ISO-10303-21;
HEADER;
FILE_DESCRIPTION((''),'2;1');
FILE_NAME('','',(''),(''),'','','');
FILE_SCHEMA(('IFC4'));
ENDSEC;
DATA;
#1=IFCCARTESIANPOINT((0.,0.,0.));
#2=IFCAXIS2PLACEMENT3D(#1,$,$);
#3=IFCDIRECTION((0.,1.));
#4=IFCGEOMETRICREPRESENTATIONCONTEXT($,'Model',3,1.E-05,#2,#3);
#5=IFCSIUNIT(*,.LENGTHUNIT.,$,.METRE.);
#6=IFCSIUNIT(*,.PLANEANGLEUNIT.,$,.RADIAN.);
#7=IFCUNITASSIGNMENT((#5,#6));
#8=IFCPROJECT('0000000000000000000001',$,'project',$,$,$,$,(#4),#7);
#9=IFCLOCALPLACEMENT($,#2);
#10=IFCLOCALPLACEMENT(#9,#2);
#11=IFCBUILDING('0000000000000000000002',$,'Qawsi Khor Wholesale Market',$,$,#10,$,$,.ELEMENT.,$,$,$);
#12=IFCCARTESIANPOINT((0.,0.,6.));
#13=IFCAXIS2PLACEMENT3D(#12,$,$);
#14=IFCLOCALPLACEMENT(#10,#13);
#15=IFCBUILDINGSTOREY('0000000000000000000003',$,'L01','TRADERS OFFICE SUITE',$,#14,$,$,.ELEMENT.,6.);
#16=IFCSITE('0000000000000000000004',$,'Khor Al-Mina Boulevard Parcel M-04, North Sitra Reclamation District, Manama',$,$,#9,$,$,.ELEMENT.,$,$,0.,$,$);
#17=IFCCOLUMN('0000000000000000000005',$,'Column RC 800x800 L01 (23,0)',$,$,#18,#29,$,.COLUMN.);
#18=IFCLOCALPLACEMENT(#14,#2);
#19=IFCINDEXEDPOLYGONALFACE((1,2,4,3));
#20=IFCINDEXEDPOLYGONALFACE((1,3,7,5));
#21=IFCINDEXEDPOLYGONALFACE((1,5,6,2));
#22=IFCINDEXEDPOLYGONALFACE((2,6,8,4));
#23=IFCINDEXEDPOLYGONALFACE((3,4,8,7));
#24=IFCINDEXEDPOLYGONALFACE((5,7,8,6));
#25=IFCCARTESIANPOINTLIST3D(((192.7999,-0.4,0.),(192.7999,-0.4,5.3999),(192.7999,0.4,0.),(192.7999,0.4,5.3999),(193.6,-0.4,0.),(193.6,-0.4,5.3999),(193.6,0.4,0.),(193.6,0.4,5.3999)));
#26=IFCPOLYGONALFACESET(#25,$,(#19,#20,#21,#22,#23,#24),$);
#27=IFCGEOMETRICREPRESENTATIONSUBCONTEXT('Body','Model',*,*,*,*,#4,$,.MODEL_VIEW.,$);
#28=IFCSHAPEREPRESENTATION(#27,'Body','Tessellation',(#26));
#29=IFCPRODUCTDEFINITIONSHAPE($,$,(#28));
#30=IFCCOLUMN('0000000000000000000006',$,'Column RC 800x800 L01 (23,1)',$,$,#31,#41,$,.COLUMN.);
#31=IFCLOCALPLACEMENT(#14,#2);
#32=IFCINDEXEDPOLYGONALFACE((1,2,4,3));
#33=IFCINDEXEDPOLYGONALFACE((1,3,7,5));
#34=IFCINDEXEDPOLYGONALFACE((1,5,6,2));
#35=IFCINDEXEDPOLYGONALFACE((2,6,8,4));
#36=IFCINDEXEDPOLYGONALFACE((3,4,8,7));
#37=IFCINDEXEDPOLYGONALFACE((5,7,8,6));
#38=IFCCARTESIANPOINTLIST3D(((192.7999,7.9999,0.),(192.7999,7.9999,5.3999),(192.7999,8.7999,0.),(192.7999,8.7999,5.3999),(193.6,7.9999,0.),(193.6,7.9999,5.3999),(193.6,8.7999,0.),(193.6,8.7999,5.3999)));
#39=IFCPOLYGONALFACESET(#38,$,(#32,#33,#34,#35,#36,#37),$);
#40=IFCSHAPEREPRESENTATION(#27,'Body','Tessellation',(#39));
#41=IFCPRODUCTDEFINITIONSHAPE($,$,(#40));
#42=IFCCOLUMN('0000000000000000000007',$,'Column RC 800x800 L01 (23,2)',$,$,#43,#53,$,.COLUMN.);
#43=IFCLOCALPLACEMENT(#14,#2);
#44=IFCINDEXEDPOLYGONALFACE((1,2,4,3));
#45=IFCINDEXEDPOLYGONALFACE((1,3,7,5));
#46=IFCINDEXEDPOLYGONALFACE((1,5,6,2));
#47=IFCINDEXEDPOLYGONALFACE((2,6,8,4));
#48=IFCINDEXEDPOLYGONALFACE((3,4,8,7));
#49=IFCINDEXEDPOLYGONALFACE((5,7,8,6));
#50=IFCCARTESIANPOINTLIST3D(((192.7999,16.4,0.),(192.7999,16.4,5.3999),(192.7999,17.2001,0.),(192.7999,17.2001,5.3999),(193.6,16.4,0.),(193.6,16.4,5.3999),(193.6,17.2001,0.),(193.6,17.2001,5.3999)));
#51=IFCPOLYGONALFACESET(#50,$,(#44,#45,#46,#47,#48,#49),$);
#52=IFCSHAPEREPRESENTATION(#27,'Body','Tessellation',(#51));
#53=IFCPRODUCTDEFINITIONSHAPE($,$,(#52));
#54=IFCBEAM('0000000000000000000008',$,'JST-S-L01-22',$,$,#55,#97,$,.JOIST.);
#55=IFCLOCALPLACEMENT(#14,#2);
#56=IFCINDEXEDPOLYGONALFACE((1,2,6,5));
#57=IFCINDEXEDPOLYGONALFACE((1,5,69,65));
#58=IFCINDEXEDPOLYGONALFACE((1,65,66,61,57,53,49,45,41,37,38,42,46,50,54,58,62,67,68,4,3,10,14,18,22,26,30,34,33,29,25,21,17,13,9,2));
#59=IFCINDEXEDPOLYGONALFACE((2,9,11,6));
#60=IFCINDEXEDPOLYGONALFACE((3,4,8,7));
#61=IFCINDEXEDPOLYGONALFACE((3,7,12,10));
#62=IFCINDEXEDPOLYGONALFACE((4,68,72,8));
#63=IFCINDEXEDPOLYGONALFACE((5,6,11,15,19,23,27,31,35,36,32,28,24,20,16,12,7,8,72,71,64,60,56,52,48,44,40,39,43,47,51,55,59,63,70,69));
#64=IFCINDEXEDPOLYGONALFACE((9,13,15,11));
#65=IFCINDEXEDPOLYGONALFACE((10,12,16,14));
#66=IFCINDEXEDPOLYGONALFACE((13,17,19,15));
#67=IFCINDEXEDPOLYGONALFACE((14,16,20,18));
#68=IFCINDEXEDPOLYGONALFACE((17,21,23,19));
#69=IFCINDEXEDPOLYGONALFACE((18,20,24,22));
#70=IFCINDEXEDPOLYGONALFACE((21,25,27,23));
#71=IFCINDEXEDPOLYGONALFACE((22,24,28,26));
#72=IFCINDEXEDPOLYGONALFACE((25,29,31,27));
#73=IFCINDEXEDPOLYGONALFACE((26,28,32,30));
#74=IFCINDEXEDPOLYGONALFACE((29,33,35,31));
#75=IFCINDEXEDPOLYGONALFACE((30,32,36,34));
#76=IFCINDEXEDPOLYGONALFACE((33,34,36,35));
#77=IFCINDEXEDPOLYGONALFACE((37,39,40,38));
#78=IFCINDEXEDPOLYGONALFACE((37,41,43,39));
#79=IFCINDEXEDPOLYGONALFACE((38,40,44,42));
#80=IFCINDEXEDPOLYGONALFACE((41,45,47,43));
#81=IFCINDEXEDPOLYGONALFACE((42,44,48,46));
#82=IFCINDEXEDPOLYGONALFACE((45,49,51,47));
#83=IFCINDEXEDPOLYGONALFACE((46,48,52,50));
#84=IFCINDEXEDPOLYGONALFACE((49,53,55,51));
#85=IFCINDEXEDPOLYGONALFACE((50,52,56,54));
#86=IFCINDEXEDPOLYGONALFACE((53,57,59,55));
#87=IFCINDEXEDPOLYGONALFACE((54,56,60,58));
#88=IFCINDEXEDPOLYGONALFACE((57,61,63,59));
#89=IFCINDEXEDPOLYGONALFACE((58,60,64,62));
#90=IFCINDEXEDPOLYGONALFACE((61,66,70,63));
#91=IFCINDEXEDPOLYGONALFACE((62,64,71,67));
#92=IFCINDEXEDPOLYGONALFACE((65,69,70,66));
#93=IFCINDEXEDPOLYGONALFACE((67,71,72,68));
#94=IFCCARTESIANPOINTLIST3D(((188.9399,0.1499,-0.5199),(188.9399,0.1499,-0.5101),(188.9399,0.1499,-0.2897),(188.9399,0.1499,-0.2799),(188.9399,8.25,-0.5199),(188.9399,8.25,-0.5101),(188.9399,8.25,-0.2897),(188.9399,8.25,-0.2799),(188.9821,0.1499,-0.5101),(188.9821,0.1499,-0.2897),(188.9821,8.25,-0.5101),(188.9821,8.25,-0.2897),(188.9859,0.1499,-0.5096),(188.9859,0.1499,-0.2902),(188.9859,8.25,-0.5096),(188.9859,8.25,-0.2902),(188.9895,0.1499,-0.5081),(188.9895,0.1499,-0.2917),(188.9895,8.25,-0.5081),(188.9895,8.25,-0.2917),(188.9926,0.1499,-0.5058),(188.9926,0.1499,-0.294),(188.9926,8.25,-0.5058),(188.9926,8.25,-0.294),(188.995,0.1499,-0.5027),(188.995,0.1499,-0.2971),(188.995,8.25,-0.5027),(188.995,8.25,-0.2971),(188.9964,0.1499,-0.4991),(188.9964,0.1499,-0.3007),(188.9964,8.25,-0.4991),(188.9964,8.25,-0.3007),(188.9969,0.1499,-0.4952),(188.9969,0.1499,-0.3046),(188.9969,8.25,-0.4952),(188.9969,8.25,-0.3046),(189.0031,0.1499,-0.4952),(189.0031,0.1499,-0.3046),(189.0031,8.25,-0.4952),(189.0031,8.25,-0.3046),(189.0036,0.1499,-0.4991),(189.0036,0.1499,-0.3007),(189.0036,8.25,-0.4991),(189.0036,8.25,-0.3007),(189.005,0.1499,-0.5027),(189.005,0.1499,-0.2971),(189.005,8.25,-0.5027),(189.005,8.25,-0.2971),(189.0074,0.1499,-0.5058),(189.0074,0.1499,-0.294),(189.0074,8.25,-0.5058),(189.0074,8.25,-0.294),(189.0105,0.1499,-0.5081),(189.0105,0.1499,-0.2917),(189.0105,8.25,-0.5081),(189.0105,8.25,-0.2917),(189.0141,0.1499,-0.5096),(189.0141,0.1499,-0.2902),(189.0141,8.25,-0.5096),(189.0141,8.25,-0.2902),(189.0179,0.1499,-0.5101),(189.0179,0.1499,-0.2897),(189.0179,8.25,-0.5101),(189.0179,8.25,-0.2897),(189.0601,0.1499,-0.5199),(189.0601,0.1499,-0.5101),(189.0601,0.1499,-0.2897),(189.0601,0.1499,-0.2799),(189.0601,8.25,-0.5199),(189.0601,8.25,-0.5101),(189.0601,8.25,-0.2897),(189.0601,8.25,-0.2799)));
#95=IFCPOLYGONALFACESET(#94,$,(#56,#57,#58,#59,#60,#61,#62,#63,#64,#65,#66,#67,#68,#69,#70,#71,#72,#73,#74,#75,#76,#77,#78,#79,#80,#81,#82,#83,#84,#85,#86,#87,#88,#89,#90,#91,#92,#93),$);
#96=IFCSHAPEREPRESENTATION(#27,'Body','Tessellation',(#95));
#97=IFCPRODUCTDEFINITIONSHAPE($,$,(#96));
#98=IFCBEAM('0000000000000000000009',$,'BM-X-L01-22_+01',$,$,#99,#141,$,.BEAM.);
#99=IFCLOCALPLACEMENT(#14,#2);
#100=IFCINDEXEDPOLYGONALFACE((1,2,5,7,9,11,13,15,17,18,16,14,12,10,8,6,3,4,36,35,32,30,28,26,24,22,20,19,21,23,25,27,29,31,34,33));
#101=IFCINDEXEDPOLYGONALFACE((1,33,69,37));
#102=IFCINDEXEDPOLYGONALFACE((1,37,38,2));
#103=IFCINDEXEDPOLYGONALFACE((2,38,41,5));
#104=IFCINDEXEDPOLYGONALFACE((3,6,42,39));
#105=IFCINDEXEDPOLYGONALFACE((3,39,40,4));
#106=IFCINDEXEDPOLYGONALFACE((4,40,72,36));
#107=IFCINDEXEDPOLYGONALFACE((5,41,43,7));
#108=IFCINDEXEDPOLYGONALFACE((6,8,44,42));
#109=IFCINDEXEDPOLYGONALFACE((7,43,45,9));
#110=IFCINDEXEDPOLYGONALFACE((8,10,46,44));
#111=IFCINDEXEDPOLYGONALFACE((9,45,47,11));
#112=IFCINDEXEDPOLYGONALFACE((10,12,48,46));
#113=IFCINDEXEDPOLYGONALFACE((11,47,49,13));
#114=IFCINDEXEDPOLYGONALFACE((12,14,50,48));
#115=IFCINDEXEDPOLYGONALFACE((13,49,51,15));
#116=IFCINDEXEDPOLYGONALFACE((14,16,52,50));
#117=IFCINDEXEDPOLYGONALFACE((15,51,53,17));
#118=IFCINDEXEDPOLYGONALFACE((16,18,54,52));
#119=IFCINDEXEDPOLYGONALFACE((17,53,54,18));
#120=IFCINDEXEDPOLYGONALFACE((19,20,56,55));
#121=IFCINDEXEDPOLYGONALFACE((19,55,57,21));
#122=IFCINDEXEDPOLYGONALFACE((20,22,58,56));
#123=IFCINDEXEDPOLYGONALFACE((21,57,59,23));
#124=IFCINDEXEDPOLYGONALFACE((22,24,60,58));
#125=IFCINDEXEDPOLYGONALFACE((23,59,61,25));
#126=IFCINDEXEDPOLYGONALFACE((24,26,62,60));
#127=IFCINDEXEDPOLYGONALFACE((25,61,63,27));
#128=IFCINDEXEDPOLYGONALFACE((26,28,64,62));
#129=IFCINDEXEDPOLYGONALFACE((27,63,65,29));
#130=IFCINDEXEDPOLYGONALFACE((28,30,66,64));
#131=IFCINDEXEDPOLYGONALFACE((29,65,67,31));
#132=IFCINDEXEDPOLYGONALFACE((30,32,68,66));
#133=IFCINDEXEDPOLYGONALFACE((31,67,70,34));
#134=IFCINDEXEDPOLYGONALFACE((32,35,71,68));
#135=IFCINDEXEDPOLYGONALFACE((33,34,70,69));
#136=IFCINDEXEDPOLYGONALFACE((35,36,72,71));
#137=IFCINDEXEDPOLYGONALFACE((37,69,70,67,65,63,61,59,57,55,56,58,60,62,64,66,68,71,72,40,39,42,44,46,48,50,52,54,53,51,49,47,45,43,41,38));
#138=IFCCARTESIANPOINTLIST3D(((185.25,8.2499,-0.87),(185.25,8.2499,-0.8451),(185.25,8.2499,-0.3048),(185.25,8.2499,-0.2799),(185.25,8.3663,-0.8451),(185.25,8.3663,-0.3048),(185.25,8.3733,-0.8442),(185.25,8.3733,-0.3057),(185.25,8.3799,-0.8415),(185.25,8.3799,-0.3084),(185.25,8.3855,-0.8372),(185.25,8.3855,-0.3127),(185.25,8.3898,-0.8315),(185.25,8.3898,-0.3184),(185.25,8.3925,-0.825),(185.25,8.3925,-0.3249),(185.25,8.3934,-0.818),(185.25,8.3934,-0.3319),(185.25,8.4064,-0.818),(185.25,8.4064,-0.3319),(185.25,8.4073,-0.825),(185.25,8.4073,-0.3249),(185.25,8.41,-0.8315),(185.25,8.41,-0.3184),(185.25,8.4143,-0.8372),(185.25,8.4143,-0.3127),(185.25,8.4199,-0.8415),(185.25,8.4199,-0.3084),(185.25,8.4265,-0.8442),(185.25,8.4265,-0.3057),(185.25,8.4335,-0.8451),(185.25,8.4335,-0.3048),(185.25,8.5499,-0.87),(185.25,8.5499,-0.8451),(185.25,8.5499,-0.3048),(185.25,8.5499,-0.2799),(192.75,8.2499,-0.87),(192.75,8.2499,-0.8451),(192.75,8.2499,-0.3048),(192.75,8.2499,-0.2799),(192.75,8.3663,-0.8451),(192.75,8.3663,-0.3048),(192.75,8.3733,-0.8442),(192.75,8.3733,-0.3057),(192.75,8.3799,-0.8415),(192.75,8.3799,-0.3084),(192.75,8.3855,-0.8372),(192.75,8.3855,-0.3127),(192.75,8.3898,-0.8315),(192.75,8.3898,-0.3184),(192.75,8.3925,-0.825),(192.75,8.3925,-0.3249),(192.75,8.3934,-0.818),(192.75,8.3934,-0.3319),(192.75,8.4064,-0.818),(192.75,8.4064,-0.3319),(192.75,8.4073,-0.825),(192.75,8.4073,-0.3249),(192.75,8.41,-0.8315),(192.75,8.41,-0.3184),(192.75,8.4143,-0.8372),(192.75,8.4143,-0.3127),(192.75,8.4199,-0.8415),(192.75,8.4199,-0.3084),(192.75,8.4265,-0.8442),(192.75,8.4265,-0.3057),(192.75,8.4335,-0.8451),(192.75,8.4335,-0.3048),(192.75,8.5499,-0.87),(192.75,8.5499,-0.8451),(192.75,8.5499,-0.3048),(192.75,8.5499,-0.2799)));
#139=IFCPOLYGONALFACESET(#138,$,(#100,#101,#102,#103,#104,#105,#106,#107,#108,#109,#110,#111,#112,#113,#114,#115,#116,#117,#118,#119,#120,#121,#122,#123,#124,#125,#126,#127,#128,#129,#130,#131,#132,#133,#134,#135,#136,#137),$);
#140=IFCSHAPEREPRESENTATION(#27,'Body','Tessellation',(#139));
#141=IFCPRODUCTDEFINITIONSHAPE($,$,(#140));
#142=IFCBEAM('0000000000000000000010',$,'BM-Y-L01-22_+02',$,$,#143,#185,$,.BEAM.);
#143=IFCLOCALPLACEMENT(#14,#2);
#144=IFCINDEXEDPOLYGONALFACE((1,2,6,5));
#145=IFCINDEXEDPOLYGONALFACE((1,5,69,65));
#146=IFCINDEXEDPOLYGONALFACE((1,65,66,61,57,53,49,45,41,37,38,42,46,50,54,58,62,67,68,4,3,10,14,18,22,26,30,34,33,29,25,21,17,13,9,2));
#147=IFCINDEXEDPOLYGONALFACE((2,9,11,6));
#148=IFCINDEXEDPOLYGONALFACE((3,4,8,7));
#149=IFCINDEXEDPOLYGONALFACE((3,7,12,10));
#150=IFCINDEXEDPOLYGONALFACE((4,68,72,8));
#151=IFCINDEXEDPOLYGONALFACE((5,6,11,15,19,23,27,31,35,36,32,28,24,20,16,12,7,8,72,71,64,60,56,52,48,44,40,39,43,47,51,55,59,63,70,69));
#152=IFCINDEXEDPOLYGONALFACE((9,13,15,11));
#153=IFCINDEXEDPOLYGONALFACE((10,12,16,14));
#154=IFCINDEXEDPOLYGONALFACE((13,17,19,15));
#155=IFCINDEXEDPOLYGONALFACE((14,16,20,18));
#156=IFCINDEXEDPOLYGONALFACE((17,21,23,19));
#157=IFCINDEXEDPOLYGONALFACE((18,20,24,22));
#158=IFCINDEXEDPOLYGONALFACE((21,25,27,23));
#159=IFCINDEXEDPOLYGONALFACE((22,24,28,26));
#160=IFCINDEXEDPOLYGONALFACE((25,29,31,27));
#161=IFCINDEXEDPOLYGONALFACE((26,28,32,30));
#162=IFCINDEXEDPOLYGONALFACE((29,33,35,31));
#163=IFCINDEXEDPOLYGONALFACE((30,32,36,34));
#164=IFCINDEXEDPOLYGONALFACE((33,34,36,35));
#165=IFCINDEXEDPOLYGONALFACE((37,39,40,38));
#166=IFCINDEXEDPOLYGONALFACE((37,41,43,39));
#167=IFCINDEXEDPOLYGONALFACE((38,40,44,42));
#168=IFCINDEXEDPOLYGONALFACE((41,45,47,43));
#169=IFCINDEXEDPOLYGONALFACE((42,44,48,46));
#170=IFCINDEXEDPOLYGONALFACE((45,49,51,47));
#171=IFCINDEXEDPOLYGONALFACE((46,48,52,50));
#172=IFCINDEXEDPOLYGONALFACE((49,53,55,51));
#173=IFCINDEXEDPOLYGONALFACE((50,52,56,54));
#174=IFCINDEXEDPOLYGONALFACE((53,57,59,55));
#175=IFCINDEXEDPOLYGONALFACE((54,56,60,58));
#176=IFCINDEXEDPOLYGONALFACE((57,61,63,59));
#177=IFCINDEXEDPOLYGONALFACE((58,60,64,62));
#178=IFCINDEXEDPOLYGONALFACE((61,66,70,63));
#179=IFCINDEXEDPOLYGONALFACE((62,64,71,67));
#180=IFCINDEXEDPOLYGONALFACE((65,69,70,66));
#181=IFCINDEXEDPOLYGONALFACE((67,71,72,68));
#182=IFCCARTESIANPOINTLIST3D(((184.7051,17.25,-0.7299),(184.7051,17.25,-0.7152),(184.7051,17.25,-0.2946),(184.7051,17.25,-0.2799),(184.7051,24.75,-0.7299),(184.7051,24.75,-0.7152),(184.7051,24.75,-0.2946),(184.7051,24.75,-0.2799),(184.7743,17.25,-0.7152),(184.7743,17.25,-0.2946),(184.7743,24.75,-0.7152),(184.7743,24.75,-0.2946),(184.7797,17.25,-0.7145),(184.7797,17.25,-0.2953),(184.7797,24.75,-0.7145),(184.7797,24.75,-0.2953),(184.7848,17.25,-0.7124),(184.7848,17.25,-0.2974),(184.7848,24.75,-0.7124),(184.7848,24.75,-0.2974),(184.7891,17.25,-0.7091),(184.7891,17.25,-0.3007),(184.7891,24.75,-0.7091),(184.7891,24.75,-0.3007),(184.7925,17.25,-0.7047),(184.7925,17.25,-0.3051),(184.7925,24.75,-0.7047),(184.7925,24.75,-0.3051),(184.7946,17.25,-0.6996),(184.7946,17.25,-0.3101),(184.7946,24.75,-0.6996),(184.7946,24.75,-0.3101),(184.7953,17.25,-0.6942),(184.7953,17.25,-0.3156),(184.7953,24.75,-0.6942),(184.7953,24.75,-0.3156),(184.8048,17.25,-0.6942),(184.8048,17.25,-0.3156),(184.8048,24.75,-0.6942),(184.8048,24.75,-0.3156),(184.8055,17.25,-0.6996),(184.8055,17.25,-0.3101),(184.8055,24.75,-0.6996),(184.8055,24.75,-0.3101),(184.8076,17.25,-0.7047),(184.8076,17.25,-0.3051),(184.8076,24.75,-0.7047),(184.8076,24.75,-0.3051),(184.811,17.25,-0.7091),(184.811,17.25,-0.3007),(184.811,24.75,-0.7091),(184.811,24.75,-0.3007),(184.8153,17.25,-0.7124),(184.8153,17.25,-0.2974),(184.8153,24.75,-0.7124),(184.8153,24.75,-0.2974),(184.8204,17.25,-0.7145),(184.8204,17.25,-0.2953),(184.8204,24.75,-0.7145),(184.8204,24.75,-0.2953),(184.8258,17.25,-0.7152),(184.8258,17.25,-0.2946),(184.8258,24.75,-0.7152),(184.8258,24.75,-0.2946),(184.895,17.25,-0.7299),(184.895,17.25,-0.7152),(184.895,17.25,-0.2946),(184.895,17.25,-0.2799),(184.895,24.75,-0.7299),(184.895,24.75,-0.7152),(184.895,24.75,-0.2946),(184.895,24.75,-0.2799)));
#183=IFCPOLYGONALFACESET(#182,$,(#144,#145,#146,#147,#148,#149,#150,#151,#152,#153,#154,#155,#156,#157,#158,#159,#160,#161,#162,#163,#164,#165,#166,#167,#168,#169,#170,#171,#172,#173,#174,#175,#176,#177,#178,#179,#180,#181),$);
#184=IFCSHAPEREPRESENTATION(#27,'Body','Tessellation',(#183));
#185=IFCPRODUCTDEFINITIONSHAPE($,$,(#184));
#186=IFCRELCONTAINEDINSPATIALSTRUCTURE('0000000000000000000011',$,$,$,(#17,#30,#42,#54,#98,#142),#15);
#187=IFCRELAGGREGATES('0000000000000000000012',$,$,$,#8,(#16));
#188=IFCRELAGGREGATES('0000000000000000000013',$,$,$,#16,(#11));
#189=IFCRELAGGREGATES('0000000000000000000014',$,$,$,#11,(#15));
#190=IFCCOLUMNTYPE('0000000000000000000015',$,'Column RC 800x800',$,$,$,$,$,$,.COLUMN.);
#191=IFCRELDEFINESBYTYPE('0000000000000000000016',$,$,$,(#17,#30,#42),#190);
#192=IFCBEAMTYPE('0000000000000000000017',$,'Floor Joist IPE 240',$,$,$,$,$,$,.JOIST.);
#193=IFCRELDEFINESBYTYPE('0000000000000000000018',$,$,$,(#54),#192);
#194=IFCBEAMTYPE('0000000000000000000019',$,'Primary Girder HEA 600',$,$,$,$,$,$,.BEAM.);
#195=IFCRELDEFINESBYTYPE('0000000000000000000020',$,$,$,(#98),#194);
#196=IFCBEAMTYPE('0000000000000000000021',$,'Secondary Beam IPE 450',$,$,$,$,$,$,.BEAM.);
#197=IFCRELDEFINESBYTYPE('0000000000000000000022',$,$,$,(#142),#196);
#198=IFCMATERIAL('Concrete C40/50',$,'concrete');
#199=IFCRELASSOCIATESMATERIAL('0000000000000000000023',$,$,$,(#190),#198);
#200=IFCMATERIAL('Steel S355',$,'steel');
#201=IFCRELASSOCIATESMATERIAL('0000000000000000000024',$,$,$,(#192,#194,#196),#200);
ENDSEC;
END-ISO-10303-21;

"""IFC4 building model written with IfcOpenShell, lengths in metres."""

from ifc_helpers import new_model, si_unit, direction, frame, origin, origin_2d, place, context, subcontext, project, spatial, rectangle, i_section, extrude, material, material_profile, profile_set, type_object, element, save


model = new_model("IFC4")

# Units and contexts
model_context = context("Model", 3, precision=1e-05, world=origin(), true_north=direction((0.0, 1.0)))
body_context = subcontext(model_context, "Body", "Model", "MODEL_VIEW")
ifc_project = project(units=[si_unit("LENGTHUNIT", "METRE"), si_unit("PLANEANGLEUNIT", "RADIAN")], contexts=[model_context])

# Site, building, storey
site_placement = place(None, origin())
site = spatial("IfcSite", under=ifc_project, at=site_placement, Name="Khor Al-Mina Boulevard Parcel M-04, North Sitra Reclamation District, Manama", CompositionType="ELEMENT", RefElevation=0.0)
building_placement = place(site_placement, origin())
building = spatial("IfcBuilding", under=site, at=building_placement, Name="Qawsi Khor Wholesale Market", CompositionType="ELEMENT")
storey_placement = place(building_placement, frame((0.0, 0.0, 6.0)))
storey = spatial("IfcBuildingStorey", under=building, at=storey_placement, Name="L01", Description="TRADERS OFFICE SUITE", CompositionType="ELEMENT", Elevation=6.0)

# Columns
ifc_material_1 = material(Name="Concrete C40/50", Category="concrete")
ifc_material_profile_1 = material_profile(ifc_material_1, rectangle(XDim=0.8, YDim=0.8, at=origin_2d()), Name="RC 800x800")
ifc_profile_set_1 = profile_set([ifc_material_profile_1], Name="Concrete C40/50")
column_type = type_object("IfcColumnType", Name="Column RC 800x800", PredefinedType="COLUMN", material=ifc_profile_set_1)
for number, where, z_axis, x_axis, name in (
    (1, (193.2, 0.0, 0.0), (0.0, 0.0, 1.0), (1.0, 0.0, 0.0), "Column RC 800x800 L01 (23,0)"),
    (2, (193.2, 8.3999, 0.0), (0.0, 0.0, 1.0), (1.0, 0.0, 0.0), "Column RC 800x800 L01 (23,1)"),
    (3, (193.2, 16.8, 0.0), (0.0, 0.0, 1.0), (1.0, 0.0, 0.0), "Column RC 800x800 L01 (23,2)"),
):
    element("IfcColumn", number, at=place(storey_placement, frame(where, z_axis=z_axis, x_axis=x_axis)), inside=storey, type_object=column_type, Name=name, PredefinedType="COLUMN", context=body_context, shape_type="SweptSolid", body=[
        extrude(rectangle(XDim=0.8, YDim=0.8, at=origin_2d()), origin(), (0.0, 0.0, 1.0), 5.3999),
    ])

# Beams
ifc_material_2 = material(Name="Steel S355", Category="steel")
ifc_material_profile_2 = material_profile(ifc_material_2, i_section(OverallWidth=0.1201, OverallDepth=0.24, WebThickness=0.0061, FlangeThickness=0.0098, FilletRadius=0.0149, at=origin_2d()), Name="IPE 240")
ifc_profile_set_2 = profile_set([ifc_material_profile_2], Name="Steel S355")
beam_type_1 = type_object("IfcBeamType", Name="Floor Joist IPE 240", PredefinedType="JOIST", material=ifc_profile_set_2)
beam_1_placement = place(storey_placement, frame((189.0, 0.1499, -0.3999), z_axis=(0.0, 1.0, 0.0), x_axis=(-1.0, 0.0, 0.0)))
element("IfcBeam", 4, at=beam_1_placement, inside=storey, type_object=beam_type_1, Name="JST-S-L01-22", PredefinedType="JOIST", context=body_context, shape_type="SweptSolid", body=[
    extrude(i_section(OverallWidth=0.1201, OverallDepth=0.24, WebThickness=0.0061, FlangeThickness=0.0098, FilletRadius=0.0149, at=origin_2d()), origin(), (0.0, 0.0, 1.0), 8.1001),
])
ifc_material_profile_3 = material_profile(ifc_material_2, i_section(OverallWidth=0.3, OverallDepth=0.5901, WebThickness=0.0129, FlangeThickness=0.0249, FilletRadius=0.0271, at=origin_2d()), Name="HEA 600")
ifc_profile_set_3 = profile_set([ifc_material_profile_3], Name="Steel S355")
beam_type_2 = type_object("IfcBeamType", Name="Primary Girder HEA 600", PredefinedType="BEAM", material=ifc_profile_set_3)
beam_2_placement = place(storey_placement, frame((185.25, 8.3999, -0.575), z_axis=(1.0, 0.0, 0.0), x_axis=(0.0, 1.0, 0.0)))
element("IfcBeam", 5, at=beam_2_placement, inside=storey, type_object=beam_type_2, Name="BM-X-L01-22_+01", PredefinedType="BEAM", context=body_context, shape_type="SweptSolid", body=[
    extrude(i_section(OverallWidth=0.3, OverallDepth=0.5901, WebThickness=0.0129, FlangeThickness=0.0249, FilletRadius=0.0271, at=origin_2d()), origin(), (0.0, 0.0, 1.0), 7.5),
])
ifc_material_profile_4 = material_profile(ifc_material_2, i_section(OverallWidth=0.1899, OverallDepth=0.45, WebThickness=0.0095, FlangeThickness=0.0146, FilletRadius=0.021, at=origin_2d()), Name="IPE 450")
ifc_profile_set_4 = profile_set([ifc_material_profile_4], Name="Steel S355")
beam_type_3 = type_object("IfcBeamType", Name="Secondary Beam IPE 450", PredefinedType="BEAM", material=ifc_profile_set_4)
beam_3_placement = place(storey_placement, frame((184.8, 17.25, -0.5049), z_axis=(0.0, 1.0, 0.0), x_axis=(-1.0, 0.0, 0.0)))
element("IfcBeam", 6, at=beam_3_placement, inside=storey, type_object=beam_type_3, Name="BM-Y-L01-22_+02", PredefinedType="BEAM", context=body_context, shape_type="SweptSolid", body=[
    extrude(i_section(OverallWidth=0.1899, OverallDepth=0.45, WebThickness=0.0095, FlangeThickness=0.0146, FilletRadius=0.021, at=origin_2d()), origin(), (0.0, 0.0, 1.0), 7.5),
])

save(model, "model.ifc")
